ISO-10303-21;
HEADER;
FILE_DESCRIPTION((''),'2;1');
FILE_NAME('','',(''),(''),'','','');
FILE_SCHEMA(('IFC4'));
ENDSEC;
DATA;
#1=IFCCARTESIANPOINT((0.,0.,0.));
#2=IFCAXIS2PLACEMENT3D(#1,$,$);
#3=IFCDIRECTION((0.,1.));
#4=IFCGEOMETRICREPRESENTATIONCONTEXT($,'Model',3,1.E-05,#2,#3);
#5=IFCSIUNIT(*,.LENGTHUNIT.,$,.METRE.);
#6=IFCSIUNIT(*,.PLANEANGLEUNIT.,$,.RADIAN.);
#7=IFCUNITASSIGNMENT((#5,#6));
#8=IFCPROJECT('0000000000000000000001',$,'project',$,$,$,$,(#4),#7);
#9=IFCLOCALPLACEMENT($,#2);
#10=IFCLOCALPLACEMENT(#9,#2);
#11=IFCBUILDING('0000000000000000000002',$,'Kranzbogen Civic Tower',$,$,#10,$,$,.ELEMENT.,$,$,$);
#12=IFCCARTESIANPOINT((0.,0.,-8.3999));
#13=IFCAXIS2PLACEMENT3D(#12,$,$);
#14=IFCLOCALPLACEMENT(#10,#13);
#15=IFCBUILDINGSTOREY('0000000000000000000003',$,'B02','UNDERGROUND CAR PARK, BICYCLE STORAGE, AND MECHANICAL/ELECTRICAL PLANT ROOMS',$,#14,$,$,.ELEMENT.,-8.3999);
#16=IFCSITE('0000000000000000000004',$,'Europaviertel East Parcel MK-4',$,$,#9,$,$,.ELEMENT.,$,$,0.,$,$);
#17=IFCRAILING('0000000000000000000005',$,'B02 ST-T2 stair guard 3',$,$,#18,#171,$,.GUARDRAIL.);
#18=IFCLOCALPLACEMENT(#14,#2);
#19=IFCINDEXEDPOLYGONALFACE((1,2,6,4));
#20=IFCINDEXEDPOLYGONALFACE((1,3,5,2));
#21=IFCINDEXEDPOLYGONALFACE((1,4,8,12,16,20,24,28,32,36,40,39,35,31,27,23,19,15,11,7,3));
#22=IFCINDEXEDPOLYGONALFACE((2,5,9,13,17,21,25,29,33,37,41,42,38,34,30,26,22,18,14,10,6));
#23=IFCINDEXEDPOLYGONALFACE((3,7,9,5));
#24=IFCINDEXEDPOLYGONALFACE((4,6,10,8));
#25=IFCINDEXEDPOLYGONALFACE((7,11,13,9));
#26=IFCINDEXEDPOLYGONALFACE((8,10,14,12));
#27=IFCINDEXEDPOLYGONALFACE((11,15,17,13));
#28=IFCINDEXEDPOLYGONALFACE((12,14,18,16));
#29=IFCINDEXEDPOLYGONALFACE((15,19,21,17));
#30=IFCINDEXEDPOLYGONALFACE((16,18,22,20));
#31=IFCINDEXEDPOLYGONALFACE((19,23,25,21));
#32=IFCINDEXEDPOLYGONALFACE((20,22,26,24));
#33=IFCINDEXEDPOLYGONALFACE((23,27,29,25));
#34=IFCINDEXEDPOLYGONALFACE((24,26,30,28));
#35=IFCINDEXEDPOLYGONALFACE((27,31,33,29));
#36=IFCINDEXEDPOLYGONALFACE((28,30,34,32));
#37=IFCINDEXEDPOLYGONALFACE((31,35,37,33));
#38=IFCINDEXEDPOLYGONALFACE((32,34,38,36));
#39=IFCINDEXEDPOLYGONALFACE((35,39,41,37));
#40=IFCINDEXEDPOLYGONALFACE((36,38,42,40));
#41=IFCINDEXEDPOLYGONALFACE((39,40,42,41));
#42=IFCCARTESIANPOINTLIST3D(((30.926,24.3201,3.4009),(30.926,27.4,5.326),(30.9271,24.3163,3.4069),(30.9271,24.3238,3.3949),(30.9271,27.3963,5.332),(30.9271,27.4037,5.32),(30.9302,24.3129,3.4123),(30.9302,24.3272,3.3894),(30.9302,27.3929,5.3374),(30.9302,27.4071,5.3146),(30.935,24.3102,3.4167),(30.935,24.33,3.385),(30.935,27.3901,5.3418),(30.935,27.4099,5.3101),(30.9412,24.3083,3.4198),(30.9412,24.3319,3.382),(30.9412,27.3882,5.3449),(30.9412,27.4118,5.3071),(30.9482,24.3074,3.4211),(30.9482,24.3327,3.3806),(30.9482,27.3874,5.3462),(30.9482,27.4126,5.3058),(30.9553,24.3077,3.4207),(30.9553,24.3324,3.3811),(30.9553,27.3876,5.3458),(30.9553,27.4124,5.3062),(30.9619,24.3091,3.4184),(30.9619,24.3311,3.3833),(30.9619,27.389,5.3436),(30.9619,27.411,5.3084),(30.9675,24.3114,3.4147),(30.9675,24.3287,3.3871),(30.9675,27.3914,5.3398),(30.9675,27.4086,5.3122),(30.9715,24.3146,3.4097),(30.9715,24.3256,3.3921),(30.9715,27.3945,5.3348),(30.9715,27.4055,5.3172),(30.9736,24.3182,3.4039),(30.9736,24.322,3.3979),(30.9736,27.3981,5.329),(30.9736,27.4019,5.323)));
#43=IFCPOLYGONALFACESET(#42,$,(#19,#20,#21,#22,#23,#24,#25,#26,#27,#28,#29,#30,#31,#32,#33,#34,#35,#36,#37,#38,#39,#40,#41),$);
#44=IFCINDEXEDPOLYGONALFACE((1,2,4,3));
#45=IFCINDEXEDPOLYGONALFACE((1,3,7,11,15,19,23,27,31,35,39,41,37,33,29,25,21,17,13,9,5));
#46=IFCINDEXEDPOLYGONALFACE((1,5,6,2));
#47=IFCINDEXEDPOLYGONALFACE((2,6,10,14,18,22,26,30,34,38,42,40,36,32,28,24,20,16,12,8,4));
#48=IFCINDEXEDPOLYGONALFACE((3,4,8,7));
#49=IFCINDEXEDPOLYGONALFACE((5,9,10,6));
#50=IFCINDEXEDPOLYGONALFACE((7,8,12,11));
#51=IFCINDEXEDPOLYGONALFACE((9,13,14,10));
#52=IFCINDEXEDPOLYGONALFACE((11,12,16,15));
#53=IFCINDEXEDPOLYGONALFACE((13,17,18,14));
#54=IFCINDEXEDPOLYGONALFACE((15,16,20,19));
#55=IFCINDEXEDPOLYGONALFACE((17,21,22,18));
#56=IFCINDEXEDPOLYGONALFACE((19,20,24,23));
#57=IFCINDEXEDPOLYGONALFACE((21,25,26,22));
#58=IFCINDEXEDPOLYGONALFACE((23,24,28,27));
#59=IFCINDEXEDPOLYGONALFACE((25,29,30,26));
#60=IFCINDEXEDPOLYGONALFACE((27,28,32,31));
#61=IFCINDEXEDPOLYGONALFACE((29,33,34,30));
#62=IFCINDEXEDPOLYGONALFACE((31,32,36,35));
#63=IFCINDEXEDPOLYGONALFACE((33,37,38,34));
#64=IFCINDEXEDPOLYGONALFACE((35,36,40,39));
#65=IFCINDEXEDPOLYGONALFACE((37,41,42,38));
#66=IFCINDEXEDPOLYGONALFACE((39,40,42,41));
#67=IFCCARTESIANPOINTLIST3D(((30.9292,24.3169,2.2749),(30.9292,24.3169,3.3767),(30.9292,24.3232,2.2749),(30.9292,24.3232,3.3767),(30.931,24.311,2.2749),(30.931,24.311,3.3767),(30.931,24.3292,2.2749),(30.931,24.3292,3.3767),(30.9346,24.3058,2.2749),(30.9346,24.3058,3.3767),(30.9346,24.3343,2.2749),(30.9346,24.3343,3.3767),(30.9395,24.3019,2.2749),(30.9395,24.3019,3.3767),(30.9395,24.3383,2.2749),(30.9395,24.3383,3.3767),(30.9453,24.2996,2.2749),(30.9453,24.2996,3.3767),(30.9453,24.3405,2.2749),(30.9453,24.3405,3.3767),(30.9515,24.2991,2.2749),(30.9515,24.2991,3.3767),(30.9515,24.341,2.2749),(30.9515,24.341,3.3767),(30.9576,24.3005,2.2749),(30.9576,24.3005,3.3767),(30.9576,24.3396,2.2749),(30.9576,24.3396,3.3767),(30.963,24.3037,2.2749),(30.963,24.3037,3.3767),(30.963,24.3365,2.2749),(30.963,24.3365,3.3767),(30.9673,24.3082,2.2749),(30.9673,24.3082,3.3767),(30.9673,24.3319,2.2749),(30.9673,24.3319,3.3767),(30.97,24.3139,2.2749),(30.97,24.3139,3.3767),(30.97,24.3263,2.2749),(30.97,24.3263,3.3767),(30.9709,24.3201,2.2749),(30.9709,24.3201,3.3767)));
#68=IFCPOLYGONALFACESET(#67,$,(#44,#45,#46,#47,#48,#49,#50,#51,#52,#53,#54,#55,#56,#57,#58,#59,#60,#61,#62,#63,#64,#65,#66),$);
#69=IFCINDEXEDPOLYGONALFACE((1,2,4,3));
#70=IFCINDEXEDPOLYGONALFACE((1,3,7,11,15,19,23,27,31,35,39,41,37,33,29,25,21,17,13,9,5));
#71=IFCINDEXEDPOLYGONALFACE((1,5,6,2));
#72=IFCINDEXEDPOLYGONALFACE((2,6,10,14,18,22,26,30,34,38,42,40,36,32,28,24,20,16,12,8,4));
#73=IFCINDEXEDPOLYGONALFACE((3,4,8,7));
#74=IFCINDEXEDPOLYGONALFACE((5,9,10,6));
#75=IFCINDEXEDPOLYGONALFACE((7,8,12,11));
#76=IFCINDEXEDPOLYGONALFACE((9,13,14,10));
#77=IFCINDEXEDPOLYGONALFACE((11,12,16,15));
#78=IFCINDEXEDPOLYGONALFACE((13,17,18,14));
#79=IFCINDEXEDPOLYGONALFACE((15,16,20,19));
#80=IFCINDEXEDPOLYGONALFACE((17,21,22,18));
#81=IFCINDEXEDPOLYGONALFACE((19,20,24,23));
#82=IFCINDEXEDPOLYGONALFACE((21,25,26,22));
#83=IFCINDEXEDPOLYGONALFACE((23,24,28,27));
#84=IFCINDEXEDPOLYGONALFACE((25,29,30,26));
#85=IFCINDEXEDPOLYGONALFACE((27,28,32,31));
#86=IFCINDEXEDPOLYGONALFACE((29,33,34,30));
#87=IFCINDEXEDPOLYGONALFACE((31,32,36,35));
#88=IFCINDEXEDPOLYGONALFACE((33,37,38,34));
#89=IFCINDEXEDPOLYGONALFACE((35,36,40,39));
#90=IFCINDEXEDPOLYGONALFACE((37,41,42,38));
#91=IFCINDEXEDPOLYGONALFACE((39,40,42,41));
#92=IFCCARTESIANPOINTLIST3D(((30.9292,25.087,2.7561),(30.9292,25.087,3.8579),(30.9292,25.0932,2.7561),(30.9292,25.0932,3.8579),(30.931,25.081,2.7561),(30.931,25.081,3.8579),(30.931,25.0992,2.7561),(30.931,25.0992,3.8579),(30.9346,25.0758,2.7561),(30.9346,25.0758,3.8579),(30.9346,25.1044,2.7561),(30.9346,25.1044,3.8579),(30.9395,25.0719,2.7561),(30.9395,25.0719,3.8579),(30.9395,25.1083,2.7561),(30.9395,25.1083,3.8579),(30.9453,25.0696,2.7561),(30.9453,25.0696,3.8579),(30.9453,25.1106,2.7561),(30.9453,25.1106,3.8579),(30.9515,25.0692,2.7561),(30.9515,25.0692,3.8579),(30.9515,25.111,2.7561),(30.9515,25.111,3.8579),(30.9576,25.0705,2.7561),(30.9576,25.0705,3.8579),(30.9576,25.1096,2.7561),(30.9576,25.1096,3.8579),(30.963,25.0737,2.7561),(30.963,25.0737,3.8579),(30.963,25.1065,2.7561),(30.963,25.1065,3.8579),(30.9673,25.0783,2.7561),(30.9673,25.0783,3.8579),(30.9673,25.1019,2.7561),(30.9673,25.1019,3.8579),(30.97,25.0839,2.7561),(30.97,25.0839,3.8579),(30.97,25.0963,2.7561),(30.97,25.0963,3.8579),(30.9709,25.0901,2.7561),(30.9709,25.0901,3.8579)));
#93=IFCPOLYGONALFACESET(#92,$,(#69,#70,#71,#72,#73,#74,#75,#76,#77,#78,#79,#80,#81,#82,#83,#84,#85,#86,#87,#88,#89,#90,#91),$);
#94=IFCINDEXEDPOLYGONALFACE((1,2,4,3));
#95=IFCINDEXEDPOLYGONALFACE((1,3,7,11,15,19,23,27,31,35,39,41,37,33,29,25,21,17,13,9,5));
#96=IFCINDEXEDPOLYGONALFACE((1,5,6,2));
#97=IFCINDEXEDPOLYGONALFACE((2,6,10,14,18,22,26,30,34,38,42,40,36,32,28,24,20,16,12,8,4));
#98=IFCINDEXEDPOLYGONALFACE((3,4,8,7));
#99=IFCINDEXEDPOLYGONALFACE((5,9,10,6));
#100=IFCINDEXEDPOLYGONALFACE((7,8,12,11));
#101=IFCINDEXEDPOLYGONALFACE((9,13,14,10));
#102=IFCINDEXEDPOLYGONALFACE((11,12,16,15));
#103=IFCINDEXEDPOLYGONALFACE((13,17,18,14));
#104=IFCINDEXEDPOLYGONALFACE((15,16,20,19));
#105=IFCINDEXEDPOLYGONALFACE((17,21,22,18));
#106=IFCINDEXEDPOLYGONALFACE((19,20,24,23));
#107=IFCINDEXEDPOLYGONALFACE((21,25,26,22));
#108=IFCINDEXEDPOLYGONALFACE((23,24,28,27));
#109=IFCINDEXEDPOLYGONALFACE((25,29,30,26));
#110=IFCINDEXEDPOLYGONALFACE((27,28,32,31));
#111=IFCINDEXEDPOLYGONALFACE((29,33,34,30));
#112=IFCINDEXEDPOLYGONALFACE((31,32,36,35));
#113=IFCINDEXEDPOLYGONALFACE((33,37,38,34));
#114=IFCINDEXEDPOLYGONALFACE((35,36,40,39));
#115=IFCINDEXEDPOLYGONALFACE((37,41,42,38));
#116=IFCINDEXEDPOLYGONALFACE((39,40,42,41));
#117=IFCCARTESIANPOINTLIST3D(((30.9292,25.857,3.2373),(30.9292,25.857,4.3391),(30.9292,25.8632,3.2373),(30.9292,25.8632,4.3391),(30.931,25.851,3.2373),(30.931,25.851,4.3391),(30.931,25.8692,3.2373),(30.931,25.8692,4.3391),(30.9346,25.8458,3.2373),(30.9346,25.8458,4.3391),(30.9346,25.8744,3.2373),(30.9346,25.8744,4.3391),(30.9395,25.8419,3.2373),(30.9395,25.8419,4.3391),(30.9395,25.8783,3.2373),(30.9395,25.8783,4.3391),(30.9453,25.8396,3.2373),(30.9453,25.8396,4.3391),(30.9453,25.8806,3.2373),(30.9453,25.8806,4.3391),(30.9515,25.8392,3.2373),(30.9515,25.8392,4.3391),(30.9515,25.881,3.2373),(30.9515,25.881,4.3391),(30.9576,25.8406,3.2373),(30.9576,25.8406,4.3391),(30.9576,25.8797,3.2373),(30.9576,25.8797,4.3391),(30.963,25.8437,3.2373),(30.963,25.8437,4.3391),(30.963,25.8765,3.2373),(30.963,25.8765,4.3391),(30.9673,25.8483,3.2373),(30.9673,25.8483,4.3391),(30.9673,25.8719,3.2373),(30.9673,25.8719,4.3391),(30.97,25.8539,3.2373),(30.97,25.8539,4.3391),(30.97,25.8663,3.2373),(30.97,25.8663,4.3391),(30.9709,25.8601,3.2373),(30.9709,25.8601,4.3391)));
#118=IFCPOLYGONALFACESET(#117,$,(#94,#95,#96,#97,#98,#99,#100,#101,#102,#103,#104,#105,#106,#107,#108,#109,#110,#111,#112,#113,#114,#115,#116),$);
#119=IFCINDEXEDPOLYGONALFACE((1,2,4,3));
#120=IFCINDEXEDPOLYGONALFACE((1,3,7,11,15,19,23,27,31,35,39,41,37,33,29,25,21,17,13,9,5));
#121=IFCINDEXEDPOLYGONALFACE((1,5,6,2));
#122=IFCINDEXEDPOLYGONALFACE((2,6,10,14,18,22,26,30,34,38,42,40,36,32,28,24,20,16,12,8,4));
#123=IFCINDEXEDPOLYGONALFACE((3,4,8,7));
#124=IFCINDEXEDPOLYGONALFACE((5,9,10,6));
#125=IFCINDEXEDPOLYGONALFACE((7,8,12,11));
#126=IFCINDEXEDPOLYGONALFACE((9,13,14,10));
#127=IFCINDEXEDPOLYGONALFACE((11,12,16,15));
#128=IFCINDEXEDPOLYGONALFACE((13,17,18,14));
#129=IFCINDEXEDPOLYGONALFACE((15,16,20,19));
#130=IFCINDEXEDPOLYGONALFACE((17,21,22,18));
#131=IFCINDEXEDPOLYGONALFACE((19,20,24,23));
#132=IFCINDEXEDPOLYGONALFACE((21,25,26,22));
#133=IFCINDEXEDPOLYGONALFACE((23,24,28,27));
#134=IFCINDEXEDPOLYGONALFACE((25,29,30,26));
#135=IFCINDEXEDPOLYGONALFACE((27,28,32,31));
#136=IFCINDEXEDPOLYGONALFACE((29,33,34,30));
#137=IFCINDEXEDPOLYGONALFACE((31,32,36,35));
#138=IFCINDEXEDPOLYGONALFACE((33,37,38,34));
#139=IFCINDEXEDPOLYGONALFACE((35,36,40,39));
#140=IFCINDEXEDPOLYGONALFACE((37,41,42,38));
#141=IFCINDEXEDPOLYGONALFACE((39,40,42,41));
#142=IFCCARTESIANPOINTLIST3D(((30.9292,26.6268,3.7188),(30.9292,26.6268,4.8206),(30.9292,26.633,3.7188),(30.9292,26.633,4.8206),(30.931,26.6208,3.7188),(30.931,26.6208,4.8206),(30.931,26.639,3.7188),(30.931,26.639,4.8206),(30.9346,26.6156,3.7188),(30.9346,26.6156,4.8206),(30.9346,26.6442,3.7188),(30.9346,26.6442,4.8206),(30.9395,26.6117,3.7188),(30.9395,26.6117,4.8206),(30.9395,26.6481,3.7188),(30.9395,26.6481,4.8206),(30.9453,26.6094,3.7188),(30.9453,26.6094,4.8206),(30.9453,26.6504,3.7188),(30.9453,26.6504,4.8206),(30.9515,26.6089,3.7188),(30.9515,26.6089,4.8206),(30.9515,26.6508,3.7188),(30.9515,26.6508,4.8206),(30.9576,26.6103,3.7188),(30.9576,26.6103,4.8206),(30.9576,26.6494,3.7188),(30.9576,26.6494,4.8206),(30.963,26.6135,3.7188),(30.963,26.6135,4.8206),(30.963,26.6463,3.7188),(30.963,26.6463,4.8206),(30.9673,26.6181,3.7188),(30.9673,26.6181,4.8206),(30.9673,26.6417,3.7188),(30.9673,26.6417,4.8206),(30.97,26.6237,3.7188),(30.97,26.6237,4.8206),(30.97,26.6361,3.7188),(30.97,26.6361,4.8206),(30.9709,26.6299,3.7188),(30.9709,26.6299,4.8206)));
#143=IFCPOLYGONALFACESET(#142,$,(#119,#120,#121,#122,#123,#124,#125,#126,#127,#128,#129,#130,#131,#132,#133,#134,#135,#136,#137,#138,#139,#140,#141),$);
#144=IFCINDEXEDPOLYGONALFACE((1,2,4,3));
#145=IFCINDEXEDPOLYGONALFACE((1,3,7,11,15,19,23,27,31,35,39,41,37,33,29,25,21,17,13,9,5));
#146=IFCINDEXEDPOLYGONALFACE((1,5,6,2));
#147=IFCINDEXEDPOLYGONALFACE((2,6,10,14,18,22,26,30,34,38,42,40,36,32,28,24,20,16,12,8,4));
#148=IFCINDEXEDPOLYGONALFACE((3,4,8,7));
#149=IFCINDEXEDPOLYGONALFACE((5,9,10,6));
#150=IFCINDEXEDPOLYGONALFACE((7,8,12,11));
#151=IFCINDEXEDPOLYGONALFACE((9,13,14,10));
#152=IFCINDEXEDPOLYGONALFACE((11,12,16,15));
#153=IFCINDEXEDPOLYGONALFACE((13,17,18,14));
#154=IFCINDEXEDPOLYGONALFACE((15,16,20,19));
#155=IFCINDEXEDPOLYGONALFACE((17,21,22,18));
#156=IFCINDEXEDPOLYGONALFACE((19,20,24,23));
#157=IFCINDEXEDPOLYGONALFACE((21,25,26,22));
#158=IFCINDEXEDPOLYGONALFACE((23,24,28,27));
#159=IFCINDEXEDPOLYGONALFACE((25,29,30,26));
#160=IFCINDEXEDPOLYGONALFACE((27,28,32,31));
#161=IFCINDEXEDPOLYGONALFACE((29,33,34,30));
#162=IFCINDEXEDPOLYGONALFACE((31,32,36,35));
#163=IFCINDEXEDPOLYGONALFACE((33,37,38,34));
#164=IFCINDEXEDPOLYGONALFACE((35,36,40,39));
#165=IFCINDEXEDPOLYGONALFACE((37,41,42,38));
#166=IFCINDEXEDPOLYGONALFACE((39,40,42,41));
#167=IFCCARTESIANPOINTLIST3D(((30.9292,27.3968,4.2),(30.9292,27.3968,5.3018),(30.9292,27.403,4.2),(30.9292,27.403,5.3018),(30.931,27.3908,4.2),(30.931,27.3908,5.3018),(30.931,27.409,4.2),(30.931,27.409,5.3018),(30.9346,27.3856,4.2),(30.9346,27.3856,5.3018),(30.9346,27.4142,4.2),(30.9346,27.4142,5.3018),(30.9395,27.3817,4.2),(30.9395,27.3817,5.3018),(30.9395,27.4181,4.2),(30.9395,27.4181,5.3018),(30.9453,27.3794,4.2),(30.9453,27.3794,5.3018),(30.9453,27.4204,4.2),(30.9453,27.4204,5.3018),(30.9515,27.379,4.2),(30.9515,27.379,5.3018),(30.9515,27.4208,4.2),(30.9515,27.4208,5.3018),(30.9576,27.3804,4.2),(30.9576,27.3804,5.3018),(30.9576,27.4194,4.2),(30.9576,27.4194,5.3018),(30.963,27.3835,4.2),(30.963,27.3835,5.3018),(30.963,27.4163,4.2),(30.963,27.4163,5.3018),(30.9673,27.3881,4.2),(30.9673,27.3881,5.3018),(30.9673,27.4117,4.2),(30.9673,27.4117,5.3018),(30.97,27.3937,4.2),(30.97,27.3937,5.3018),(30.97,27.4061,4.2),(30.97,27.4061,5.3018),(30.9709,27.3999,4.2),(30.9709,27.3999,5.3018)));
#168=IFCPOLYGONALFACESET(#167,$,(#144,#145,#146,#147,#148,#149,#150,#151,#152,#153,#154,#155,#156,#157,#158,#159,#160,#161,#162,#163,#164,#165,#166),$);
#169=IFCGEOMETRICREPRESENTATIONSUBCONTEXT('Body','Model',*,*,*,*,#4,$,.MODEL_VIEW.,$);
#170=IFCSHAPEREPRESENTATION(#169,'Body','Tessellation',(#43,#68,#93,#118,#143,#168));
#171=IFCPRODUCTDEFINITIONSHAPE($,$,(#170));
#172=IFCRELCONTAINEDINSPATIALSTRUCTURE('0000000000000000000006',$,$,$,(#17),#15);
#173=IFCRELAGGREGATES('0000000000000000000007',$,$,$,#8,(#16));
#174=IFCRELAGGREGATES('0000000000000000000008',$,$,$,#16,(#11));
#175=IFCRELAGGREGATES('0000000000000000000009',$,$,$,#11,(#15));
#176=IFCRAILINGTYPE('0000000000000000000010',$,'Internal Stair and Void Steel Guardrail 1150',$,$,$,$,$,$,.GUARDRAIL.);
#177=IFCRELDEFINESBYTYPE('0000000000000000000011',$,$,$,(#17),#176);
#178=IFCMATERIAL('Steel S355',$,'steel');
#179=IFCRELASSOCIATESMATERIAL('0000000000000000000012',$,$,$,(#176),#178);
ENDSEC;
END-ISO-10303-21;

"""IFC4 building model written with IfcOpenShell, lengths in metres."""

from ifc_helpers import new_model, si_unit, direction, frame, origin, origin_2d, place, context, subcontext, project, spatial, circle, extrude, material, type_object, element, save


model = new_model("IFC4")

# Units and contexts
model_context = context("Model", 3, precision=1e-05, world=origin(), true_north=direction((0.0, 1.0)))
body_context = subcontext(model_context, "Body", "Model", "MODEL_VIEW")
ifc_project = project(units=[si_unit("LENGTHUNIT", "METRE"), si_unit("PLANEANGLEUNIT", "RADIAN")], contexts=[model_context])

# Site, building, storey
site_placement = place(None, origin())
site = spatial("IfcSite", under=ifc_project, at=site_placement, Name="Europaviertel East Parcel MK-4", CompositionType="ELEMENT", RefElevation=0.0)
building_placement = place(site_placement, origin())
building = spatial("IfcBuilding", under=site, at=building_placement, Name="Kranzbogen Civic Tower", CompositionType="ELEMENT")
storey_placement = place(building_placement, frame((0.0, 0.0, -8.3999)))
storey = spatial("IfcBuildingStorey", under=building, at=storey_placement, Name="B02", Description="UNDERGROUND CAR PARK, BICYCLE STORAGE, AND MECHANICAL/ELECTRICAL PLANT ROOMS", CompositionType="ELEMENT", Elevation=-8.3999)

# Shared definitions
ifc_material_1 = material(Name="Steel S355", Category="steel")

# Railing
railing_type_1 = type_object("IfcRailingType", Name="Internal Stair and Void Steel Guardrail 1150", PredefinedType="GUARDRAIL", material=ifc_material_1)
railing_1_placement = place(storey_placement, frame((30.95, 24.3201, 2.2749)))
element("IfcRailing", 1, at=railing_1_placement, inside=storey, type_object=railing_type_1, Name="B02 ST-T2 stair guard 3", PredefinedType="GUARDRAIL", context=body_context, shape_type="SweptSolid", body=[
    extrude(circle(Radius=0.0239, at=origin_2d()), frame((0.0, 0.0, 1.126), z_axis=(0.0, 0.847979, 0.530029), x_axis=(-1.0, 0.0, 0.0)), (0.0, 0.0, 1.0), 3.6321),
    extrude(circle(Radius=0.021, at=origin_2d()), origin(), (0.0, 0.0, 1.0), 1.1018),
    extrude(circle(Radius=0.021, at=origin_2d()), frame((0.0, 0.77, 0.4812)), (0.0, 0.0, 1.0), 1.1018),
    extrude(circle(Radius=0.021, at=origin_2d()), frame((0.0, 1.54, 0.9624)), (0.0, 0.0, 1.0), 1.1018),
    extrude(circle(Radius=0.021, at=origin_2d()), frame((0.0, 2.3098, 1.4438)), (0.0, 0.0, 1.0), 1.1018),
    extrude(circle(Radius=0.021, at=origin_2d()), frame((0.0, 3.0798, 1.925)), (0.0, 0.0, 1.0), 1.1018),
])

save(model, "model.ifc")
